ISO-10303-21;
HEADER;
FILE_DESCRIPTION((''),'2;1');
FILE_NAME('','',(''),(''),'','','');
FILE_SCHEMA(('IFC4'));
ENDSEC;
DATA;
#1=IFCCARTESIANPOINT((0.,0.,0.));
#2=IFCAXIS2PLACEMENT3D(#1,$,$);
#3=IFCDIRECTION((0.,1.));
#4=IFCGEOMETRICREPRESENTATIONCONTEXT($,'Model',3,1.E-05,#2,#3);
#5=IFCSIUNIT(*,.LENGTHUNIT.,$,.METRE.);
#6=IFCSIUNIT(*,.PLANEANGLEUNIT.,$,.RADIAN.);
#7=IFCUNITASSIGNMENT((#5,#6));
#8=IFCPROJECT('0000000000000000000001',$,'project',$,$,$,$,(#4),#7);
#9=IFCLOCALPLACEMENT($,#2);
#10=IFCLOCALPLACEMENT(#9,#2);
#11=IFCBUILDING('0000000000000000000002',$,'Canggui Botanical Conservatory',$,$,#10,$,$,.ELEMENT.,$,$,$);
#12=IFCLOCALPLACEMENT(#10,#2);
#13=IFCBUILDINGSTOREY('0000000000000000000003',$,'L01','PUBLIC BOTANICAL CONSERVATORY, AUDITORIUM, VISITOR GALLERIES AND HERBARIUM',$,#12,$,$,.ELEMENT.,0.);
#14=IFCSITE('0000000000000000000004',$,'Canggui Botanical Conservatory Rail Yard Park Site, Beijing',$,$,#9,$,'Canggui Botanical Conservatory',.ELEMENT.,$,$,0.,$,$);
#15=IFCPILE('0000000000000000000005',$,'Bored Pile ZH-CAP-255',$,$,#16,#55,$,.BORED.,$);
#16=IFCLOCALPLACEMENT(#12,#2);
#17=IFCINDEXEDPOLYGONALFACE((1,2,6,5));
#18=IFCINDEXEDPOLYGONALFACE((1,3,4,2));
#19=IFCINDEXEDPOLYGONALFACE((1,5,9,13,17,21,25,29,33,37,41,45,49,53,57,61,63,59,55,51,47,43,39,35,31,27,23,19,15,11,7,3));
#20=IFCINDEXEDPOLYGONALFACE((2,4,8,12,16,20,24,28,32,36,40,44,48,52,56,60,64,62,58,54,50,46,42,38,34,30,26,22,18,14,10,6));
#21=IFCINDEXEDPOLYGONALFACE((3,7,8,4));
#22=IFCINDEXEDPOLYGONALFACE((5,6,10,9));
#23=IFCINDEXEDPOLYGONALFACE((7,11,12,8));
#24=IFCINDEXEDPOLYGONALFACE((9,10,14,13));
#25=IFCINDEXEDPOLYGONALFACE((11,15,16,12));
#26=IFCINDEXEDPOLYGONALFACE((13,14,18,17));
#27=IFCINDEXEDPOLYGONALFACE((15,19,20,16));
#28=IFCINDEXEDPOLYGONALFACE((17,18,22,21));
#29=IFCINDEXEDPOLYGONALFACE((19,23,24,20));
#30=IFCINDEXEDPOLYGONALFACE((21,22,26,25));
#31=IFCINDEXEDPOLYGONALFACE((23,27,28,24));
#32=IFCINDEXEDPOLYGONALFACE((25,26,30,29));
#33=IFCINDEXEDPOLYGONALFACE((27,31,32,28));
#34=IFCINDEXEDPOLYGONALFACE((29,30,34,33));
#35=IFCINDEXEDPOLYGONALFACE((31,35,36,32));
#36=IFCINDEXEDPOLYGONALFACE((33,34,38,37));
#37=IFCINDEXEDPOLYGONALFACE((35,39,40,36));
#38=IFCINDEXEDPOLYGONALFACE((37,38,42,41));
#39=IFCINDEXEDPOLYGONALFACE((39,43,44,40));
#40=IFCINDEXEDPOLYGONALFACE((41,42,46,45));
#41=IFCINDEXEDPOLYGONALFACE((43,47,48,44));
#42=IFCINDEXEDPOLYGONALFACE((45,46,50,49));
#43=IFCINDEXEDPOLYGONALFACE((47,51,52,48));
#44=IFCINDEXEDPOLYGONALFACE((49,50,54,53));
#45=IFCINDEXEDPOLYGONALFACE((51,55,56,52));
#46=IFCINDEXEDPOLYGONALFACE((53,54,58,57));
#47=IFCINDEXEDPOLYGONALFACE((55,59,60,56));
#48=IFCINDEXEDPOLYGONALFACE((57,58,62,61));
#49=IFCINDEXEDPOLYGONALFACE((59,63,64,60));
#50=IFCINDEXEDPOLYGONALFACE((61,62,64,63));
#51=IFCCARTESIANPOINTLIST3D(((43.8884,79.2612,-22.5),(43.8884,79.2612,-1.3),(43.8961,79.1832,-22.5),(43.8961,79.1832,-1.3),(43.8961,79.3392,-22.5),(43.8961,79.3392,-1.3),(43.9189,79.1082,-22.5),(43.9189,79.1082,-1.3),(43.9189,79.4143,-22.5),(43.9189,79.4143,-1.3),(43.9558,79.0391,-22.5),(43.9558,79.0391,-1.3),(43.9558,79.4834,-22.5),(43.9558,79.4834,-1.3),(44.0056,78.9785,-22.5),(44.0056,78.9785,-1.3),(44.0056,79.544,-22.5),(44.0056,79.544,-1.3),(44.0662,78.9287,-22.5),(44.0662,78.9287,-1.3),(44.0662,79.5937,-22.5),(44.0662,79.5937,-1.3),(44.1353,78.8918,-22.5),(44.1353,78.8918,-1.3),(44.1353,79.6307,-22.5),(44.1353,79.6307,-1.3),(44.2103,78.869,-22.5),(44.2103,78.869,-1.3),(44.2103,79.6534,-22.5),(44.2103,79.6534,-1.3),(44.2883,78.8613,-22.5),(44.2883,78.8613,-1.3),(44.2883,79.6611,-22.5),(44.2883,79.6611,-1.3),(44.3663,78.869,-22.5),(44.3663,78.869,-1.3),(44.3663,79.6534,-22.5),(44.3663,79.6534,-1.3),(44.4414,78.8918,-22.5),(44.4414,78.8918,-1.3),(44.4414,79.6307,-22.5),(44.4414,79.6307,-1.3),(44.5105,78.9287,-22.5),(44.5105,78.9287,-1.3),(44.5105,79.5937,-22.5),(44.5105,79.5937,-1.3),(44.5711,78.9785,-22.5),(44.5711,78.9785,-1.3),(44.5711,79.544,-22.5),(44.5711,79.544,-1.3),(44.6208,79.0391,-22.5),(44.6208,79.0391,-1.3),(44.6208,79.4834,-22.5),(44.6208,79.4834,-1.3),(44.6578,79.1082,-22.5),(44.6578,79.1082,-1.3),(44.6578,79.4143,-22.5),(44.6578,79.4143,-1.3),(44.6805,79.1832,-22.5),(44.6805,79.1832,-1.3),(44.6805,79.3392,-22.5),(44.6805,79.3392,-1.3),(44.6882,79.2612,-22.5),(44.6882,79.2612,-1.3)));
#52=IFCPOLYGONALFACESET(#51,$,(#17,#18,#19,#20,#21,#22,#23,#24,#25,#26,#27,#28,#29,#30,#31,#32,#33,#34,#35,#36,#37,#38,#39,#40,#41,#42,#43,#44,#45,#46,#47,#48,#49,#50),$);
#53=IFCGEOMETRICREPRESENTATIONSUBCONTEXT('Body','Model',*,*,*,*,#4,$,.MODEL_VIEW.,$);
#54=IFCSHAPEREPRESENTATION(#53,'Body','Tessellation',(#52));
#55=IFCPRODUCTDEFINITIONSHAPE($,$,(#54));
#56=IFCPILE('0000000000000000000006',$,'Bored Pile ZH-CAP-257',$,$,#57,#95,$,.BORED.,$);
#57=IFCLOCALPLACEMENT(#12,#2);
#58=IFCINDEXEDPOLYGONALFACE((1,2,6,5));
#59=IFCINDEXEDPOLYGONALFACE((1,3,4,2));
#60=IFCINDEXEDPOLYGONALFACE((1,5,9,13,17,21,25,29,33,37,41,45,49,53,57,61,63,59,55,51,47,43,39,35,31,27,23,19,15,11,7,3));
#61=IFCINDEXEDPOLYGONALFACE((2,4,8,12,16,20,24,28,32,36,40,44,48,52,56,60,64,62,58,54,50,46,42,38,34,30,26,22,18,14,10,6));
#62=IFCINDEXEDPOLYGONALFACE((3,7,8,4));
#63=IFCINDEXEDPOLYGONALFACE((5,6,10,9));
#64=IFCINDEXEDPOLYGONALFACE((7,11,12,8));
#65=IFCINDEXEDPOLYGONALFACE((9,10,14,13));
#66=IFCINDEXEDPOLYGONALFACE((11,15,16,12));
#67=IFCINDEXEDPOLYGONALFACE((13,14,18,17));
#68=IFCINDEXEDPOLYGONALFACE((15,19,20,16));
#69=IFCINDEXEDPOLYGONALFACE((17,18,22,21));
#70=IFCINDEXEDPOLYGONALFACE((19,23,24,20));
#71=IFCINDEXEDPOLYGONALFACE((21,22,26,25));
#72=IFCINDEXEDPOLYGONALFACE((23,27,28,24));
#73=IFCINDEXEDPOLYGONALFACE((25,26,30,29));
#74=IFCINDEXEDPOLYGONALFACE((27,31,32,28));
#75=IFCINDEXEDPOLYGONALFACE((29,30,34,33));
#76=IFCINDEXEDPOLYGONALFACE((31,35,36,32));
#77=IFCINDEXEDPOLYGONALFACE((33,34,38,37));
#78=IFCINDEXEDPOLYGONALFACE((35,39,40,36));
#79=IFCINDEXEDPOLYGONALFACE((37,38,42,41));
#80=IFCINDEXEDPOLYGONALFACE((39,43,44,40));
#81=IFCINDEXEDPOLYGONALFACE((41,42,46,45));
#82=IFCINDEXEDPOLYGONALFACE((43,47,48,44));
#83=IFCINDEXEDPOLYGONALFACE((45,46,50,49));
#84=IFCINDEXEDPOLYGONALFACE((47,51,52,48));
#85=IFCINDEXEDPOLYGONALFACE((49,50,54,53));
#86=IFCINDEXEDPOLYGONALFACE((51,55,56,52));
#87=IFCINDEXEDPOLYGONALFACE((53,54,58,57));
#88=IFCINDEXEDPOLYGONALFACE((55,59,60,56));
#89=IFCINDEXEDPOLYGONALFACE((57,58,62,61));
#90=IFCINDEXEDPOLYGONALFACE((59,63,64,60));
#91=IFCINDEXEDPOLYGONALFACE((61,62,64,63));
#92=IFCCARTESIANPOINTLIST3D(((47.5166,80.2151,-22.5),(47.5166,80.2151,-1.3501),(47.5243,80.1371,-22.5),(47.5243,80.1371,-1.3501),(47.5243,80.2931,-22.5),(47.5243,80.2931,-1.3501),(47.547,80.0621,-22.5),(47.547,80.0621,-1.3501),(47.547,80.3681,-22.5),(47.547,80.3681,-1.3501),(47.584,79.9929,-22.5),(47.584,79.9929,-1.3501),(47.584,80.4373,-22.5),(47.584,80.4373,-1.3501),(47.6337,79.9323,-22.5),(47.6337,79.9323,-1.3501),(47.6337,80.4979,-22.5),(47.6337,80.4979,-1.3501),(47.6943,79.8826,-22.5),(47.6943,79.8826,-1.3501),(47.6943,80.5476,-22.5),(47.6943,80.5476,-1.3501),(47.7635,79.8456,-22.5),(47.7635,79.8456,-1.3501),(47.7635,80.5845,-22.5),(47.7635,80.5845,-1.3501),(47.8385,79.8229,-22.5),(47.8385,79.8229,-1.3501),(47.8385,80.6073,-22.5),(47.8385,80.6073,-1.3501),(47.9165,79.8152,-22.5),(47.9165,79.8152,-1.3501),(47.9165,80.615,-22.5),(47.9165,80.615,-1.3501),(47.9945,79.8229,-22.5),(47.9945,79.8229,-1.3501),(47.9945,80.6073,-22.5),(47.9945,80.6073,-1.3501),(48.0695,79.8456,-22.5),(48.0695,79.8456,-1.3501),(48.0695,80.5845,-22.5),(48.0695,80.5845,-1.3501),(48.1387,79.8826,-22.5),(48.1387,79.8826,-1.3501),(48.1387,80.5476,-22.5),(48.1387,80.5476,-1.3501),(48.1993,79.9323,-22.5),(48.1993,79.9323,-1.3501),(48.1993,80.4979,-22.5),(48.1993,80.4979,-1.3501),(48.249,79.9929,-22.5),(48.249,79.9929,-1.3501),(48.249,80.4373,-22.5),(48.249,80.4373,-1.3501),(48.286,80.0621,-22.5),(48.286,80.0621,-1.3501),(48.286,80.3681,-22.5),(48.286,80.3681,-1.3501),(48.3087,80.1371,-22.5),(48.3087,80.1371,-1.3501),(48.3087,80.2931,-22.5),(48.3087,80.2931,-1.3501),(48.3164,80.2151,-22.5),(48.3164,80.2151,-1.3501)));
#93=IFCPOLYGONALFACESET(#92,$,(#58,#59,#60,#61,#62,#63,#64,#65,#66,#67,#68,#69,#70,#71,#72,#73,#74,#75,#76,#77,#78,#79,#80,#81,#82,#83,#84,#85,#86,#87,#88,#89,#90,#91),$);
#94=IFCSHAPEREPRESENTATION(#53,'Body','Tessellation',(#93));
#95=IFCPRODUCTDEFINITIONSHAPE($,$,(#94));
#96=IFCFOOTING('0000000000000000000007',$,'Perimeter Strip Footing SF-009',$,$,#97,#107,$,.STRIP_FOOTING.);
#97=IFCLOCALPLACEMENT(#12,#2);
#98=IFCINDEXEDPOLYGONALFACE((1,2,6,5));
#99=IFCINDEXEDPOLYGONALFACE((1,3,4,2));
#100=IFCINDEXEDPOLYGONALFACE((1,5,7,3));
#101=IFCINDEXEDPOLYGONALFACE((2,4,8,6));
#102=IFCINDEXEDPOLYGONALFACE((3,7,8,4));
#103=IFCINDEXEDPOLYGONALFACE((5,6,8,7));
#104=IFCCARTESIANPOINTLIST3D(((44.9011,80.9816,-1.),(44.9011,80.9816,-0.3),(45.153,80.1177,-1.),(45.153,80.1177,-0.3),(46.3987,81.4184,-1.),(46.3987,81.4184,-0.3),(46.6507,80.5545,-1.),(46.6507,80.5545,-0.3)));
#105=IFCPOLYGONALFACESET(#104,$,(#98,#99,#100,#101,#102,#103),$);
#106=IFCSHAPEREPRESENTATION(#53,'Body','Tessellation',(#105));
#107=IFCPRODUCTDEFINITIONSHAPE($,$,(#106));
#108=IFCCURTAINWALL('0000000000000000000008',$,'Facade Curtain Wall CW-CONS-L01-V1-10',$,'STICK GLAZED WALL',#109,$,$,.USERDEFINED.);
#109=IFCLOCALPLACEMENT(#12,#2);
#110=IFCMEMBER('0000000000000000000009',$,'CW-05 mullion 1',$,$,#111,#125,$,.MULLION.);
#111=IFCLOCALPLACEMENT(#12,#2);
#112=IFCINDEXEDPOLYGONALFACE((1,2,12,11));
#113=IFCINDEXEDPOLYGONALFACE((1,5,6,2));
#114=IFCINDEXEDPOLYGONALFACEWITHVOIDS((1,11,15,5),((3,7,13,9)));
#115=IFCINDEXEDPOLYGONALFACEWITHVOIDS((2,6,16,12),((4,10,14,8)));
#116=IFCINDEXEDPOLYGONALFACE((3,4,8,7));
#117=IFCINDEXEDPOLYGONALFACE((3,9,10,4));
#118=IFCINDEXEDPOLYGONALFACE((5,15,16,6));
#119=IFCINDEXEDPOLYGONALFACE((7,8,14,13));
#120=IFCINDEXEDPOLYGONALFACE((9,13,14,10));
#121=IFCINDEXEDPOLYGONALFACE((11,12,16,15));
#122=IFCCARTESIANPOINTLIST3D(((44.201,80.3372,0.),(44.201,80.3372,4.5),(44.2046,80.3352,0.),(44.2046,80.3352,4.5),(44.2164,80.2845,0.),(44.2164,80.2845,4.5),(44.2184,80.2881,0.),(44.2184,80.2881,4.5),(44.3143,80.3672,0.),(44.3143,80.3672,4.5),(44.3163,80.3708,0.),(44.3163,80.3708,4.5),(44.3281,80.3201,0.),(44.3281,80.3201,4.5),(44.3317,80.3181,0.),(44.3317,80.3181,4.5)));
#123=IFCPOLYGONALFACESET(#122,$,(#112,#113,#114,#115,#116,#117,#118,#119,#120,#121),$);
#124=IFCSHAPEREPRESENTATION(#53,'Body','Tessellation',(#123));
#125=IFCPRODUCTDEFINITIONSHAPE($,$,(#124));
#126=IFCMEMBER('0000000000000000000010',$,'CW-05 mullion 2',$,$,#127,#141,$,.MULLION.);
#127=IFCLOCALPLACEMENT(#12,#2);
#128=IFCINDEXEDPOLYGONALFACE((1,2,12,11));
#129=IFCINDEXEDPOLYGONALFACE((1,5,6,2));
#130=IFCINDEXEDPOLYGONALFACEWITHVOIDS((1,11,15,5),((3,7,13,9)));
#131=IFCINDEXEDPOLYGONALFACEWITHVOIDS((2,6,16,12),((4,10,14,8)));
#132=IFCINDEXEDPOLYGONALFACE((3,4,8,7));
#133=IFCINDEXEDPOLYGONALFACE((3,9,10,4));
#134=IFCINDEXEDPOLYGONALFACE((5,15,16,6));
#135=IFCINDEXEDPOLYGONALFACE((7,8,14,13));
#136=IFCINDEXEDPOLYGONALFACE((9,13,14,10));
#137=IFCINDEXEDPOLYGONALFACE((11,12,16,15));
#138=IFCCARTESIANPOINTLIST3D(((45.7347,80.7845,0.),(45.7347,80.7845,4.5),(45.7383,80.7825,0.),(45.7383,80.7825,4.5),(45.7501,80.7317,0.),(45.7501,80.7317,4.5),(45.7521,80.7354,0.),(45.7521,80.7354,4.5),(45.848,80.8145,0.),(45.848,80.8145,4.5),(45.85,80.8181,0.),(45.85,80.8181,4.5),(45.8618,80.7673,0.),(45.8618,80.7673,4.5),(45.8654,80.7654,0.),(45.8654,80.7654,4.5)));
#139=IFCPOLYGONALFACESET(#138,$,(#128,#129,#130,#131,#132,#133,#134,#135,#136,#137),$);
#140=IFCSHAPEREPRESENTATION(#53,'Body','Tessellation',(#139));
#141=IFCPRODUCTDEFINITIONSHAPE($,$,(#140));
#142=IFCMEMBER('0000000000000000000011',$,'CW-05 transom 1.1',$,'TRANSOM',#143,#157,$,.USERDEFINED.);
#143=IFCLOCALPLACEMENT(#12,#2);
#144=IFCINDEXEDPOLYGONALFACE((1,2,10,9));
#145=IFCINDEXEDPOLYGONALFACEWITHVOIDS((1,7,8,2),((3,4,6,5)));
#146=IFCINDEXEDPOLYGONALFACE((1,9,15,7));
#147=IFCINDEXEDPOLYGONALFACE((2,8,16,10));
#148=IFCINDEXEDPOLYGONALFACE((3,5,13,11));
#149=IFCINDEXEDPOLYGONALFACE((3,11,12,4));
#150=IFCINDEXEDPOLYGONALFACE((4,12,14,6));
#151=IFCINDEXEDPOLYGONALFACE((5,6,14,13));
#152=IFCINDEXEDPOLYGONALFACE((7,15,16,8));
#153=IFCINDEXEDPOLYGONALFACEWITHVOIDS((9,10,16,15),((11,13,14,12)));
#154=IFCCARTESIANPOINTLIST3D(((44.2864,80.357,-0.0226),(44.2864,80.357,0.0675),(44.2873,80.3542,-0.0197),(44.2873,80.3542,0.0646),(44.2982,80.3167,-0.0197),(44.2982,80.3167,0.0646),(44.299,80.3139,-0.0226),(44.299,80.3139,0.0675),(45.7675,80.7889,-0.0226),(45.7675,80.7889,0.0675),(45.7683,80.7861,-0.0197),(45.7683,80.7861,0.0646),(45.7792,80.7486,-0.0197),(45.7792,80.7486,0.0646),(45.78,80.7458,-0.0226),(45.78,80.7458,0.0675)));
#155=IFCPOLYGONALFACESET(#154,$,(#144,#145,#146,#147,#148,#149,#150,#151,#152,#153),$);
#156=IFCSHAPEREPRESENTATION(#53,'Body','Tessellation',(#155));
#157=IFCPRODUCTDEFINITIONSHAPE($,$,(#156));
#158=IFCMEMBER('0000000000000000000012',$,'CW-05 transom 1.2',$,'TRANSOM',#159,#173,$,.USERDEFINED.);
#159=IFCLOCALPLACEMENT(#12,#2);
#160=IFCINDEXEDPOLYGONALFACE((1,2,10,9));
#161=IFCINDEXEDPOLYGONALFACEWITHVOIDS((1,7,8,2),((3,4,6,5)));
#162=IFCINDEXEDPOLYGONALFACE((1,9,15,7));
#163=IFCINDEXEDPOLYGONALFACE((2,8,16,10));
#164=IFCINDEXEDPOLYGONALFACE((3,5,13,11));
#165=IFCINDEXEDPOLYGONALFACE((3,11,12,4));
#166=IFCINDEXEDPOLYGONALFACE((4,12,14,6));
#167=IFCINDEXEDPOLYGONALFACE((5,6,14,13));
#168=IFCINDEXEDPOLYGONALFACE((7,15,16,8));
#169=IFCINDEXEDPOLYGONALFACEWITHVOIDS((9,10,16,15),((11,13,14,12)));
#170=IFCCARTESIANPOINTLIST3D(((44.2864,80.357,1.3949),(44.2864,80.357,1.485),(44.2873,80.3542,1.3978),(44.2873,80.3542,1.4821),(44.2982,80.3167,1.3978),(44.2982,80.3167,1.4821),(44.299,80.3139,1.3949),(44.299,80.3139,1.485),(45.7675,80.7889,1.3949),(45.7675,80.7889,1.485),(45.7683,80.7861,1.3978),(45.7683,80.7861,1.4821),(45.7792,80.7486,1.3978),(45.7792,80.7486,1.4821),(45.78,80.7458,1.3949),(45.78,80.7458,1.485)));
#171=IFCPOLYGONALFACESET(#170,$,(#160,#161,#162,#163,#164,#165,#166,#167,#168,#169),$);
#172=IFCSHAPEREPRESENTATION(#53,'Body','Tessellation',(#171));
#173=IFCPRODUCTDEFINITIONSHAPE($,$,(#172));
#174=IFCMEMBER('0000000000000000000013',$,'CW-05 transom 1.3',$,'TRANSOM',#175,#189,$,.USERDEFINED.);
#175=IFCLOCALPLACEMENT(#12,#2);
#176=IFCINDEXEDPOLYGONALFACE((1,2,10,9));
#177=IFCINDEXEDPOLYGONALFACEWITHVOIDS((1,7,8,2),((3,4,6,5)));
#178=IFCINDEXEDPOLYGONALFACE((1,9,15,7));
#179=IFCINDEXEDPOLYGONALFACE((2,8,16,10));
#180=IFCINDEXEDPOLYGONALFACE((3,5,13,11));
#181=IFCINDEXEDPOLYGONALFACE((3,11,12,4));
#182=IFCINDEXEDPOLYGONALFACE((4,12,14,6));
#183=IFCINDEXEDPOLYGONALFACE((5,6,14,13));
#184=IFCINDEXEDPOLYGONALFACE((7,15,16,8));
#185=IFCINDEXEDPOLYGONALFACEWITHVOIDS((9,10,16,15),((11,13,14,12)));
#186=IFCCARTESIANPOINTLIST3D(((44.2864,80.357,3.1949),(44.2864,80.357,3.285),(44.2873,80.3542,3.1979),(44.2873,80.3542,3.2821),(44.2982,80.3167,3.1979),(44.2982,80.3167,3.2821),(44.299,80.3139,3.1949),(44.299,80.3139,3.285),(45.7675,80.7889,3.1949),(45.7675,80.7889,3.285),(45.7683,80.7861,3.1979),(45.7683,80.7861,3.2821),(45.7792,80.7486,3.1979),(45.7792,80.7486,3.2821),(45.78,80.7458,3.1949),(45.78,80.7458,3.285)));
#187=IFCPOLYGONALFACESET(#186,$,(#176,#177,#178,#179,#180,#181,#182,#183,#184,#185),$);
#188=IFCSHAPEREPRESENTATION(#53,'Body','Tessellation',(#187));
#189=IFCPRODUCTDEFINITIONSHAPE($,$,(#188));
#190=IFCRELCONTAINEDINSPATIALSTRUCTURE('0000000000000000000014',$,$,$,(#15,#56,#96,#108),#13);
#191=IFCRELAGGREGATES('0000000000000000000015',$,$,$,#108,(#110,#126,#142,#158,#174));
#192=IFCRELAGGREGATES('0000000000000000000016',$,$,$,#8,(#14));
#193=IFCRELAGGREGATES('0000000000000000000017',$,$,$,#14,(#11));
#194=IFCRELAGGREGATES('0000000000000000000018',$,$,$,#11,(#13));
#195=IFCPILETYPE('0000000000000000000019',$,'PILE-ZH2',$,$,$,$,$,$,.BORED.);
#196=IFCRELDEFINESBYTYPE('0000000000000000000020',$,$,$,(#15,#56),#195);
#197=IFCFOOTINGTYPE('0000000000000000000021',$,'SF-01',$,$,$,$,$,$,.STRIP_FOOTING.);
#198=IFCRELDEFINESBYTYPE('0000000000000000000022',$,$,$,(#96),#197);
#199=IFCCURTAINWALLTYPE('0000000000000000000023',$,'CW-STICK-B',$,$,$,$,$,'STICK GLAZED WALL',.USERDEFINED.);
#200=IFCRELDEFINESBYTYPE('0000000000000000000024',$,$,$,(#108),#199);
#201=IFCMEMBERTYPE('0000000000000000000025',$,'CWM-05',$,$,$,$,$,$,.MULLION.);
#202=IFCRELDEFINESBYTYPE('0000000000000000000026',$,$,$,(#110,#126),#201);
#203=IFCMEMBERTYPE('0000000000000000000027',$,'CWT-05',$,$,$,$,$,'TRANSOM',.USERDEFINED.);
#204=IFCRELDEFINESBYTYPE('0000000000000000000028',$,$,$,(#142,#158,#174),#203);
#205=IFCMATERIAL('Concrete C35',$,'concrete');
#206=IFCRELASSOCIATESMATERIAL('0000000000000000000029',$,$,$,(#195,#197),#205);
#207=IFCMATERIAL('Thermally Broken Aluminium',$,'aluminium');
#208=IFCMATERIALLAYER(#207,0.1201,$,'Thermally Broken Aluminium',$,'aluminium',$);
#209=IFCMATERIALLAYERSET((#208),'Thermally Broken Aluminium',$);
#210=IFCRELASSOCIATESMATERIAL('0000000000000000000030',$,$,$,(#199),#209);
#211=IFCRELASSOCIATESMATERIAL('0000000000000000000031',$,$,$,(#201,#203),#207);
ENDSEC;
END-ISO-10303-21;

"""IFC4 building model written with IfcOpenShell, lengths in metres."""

from ifc_helpers import new_model, si_unit, direction, frame, origin, origin_2d, place, context, subcontext, project, spatial, rectangle, hollow_rectangle, circle, extrude, material, layer, layer_set, material_profile, profile_set, type_object, element, aggregate, save


model = new_model("IFC4")

# Units and contexts
model_context = context("Model", 3, precision=1e-05, world=origin(), true_north=direction((0.0, 1.0)))
body_context = subcontext(model_context, "Body", "Model", "MODEL_VIEW")
ifc_project = project(units=[si_unit("LENGTHUNIT", "METRE"), si_unit("PLANEANGLEUNIT", "RADIAN")], contexts=[model_context])

# Site, building, storey
site_placement = place(None, origin())
site = spatial("IfcSite", under=ifc_project, at=site_placement, Name="Canggui Botanical Conservatory Rail Yard Park Site, Beijing", LongName="Canggui Botanical Conservatory", CompositionType="ELEMENT", RefElevation=0.0)
building_placement = place(site_placement, origin())
building = spatial("IfcBuilding", under=site, at=building_placement, Name="Canggui Botanical Conservatory", CompositionType="ELEMENT")
storey_placement = place(building_placement, origin())
storey = spatial("IfcBuildingStorey", under=building, at=storey_placement, Name="L01", Description="PUBLIC BOTANICAL CONSERVATORY, AUDITORIUM, VISITOR GALLERIES AND HERBARIUM", CompositionType="ELEMENT", Elevation=0.0)

# Piles
ifc_material_1 = material(Name="Concrete C35", Category="concrete")
ifc_material_profile_1 = material_profile(ifc_material_1, circle(Radius=0.3999, at=origin_2d()), Name="PILE D800")
ifc_profile_set_1 = profile_set([ifc_material_profile_1], Name="Concrete C35")
pile_type = type_object("IfcPileType", Name="PILE-ZH2", PredefinedType="BORED", material=ifc_profile_set_1)
pile_1_placement = place(storey_placement, frame((44.2883, 79.2612, -1.3), z_axis=(0.0, 0.0, -1.0), x_axis=(1.0, 0.0, 0.0)))
element("IfcPile", 1, at=pile_1_placement, inside=storey, type_object=pile_type, Name="Bored Pile ZH-CAP-255", PredefinedType="BORED", context=body_context, shape_type="SweptSolid", body=[
    extrude(circle(Radius=0.3999, at=origin_2d()), origin(), (0.0, 0.0, 1.0), 21.2),
])
pile_2_placement = place(storey_placement, frame((47.9165, 80.2151, -1.3501), z_axis=(0.0, 0.0, -1.0), x_axis=(1.0, 0.0, 0.0)))
element("IfcPile", 2, at=pile_2_placement, inside=storey, type_object=pile_type, Name="Bored Pile ZH-CAP-257", PredefinedType="BORED", context=body_context, shape_type="SweptSolid", body=[
    extrude(circle(Radius=0.3999, at=origin_2d()), origin(), (0.0, 0.0, 1.0), 21.1499),
])

# Footing
footing_type = type_object("IfcFootingType", Name="SF-01", PredefinedType="STRIP_FOOTING", material=ifc_material_1)
footing_placement = place(storey_placement, frame((45.7759, 80.7681, -1.0), z_axis=(0.0, 0.0, 1.0), x_axis=(0.96, 0.28, 0.0)))
element("IfcFooting", 3, at=footing_placement, inside=storey, type_object=footing_type, Name="Perimeter Strip Footing SF-009", PredefinedType="STRIP_FOOTING", context=body_context, shape_type="SweptSolid", body=[
    extrude(rectangle(XDim=1.5601, YDim=0.8999, at=origin_2d()), origin(), (0.0, 0.0, 1.0), 0.7),
])

# Curtain wall, members
ifc_material_2 = material(Name="Thermally Broken Aluminium", Category="aluminium")
ifc_layer_1 = layer(ifc_material_2, 0.1201, Name="Thermally Broken Aluminium", Category="aluminium")
ifc_layer_set_1 = layer_set([ifc_layer_1], Name="Thermally Broken Aluminium")
curtain_wall_type = type_object("IfcCurtainWallType", Name="CW-STICK-B", ElementType="STICK GLAZED WALL", PredefinedType="USERDEFINED", material=ifc_layer_set_1)
curtain_wall_placement = place(storey_placement, origin())
curtain_wall = element("IfcCurtainWall", 4, at=curtain_wall_placement, inside=storey, type_object=curtain_wall_type, Name="Facade Curtain Wall CW-CONS-L01-V1-10", ObjectType="STICK GLAZED WALL", PredefinedType="USERDEFINED")
ifc_material_profile_2 = material_profile(ifc_material_2, hollow_rectangle(XDim=0.0549, YDim=0.1201, WallThickness=0.0029, at=origin_2d()), Name="CWM 55x120x3")
ifc_profile_set_2 = profile_set([ifc_material_profile_2], Name="Thermally Broken Aluminium")
member_type_1 = type_object("IfcMemberType", Name="CWM-05", PredefinedType="MULLION", material=ifc_profile_set_2)
member_1_placement = place(storey_placement, frame((44.2664, 80.3276, 0.0), z_axis=(0.0, 0.0, 1.0), x_axis=(-0.28, 0.96, 0.0)))
member_1 = element("IfcMember", 5, at=member_1_placement, type_object=member_type_1, Name="CW-05 mullion 1", PredefinedType="MULLION", context=body_context, shape_type="SweptSolid", body=[
    extrude(hollow_rectangle(XDim=0.0549, YDim=0.1201, WallThickness=0.0029, at=origin_2d()), origin(), (0.0, 0.0, 1.0), 4.5),
])
member_2_placement = place(storey_placement, frame((45.8, 80.7749, 0.0), z_axis=(0.0, 0.0, 1.0), x_axis=(-0.28, 0.96, 0.0)))
member_2 = element("IfcMember", 6, at=member_2_placement, type_object=member_type_1, Name="CW-05 mullion 2", PredefinedType="MULLION", context=body_context, shape_type="SweptSolid", body=[
    extrude(hollow_rectangle(XDim=0.0549, YDim=0.1201, WallThickness=0.0029, at=origin_2d()), origin(), (0.0, 0.0, 1.0), 4.5),
])
ifc_material_profile_3 = material_profile(ifc_material_2, hollow_rectangle(XDim=0.0449, YDim=0.0901, WallThickness=0.0029, at=origin_2d()), Name="CWT 45x90x3")
ifc_profile_set_3 = profile_set([ifc_material_profile_3], Name="Thermally Broken Aluminium")
member_type_2 = type_object("IfcMemberType", Name="CWT-05", ElementType="TRANSOM", PredefinedType="USERDEFINED", material=ifc_profile_set_3)
member_3_placement = place(storey_placement, frame((44.2927, 80.3354, 0.0225), z_axis=(0.960011, 0.279964, 0.0), x_axis=(-0.279964, 0.960011, 0.0)))
member_3 = element("IfcMember", 7, at=member_3_placement, type_object=member_type_2, Name="CW-05 transom 1.1", ObjectType="TRANSOM", PredefinedType="USERDEFINED", context=body_context, shape_type="SweptSolid", body=[
    extrude(hollow_rectangle(XDim=0.0449, YDim=0.0901, WallThickness=0.0029, at=origin_2d()), origin(), (0.0, 0.0, 1.0), 1.5427),
])
member_4_placement = place(storey_placement, frame((44.2927, 80.3354, 1.4399), z_axis=(0.960011, 0.279964, 0.0), x_axis=(-0.279964, 0.960011, 0.0)))
member_4 = element("IfcMember", 8, at=member_4_placement, type_object=member_type_2, Name="CW-05 transom 1.2", ObjectType="TRANSOM", PredefinedType="USERDEFINED", context=body_context, shape_type="SweptSolid", body=[
    extrude(hollow_rectangle(XDim=0.0449, YDim=0.0901, WallThickness=0.0029, at=origin_2d()), origin(), (0.0, 0.0, 1.0), 1.5427),
])
member_5_placement = place(storey_placement, frame((44.2927, 80.3354, 3.24), z_axis=(0.960011, 0.279964, 0.0), x_axis=(-0.279964, 0.960011, 0.0)))
member_5 = element("IfcMember", 9, at=member_5_placement, type_object=member_type_2, Name="CW-05 transom 1.3", ObjectType="TRANSOM", PredefinedType="USERDEFINED", context=body_context, shape_type="SweptSolid", body=[
    extrude(hollow_rectangle(XDim=0.0449, YDim=0.0901, WallThickness=0.0029, at=origin_2d()), origin(), (0.0, 0.0, 1.0), 1.5427),
])
aggregate(curtain_wall, [member_1, member_2, member_3, member_4, member_5])

save(model, "model.ifc")
